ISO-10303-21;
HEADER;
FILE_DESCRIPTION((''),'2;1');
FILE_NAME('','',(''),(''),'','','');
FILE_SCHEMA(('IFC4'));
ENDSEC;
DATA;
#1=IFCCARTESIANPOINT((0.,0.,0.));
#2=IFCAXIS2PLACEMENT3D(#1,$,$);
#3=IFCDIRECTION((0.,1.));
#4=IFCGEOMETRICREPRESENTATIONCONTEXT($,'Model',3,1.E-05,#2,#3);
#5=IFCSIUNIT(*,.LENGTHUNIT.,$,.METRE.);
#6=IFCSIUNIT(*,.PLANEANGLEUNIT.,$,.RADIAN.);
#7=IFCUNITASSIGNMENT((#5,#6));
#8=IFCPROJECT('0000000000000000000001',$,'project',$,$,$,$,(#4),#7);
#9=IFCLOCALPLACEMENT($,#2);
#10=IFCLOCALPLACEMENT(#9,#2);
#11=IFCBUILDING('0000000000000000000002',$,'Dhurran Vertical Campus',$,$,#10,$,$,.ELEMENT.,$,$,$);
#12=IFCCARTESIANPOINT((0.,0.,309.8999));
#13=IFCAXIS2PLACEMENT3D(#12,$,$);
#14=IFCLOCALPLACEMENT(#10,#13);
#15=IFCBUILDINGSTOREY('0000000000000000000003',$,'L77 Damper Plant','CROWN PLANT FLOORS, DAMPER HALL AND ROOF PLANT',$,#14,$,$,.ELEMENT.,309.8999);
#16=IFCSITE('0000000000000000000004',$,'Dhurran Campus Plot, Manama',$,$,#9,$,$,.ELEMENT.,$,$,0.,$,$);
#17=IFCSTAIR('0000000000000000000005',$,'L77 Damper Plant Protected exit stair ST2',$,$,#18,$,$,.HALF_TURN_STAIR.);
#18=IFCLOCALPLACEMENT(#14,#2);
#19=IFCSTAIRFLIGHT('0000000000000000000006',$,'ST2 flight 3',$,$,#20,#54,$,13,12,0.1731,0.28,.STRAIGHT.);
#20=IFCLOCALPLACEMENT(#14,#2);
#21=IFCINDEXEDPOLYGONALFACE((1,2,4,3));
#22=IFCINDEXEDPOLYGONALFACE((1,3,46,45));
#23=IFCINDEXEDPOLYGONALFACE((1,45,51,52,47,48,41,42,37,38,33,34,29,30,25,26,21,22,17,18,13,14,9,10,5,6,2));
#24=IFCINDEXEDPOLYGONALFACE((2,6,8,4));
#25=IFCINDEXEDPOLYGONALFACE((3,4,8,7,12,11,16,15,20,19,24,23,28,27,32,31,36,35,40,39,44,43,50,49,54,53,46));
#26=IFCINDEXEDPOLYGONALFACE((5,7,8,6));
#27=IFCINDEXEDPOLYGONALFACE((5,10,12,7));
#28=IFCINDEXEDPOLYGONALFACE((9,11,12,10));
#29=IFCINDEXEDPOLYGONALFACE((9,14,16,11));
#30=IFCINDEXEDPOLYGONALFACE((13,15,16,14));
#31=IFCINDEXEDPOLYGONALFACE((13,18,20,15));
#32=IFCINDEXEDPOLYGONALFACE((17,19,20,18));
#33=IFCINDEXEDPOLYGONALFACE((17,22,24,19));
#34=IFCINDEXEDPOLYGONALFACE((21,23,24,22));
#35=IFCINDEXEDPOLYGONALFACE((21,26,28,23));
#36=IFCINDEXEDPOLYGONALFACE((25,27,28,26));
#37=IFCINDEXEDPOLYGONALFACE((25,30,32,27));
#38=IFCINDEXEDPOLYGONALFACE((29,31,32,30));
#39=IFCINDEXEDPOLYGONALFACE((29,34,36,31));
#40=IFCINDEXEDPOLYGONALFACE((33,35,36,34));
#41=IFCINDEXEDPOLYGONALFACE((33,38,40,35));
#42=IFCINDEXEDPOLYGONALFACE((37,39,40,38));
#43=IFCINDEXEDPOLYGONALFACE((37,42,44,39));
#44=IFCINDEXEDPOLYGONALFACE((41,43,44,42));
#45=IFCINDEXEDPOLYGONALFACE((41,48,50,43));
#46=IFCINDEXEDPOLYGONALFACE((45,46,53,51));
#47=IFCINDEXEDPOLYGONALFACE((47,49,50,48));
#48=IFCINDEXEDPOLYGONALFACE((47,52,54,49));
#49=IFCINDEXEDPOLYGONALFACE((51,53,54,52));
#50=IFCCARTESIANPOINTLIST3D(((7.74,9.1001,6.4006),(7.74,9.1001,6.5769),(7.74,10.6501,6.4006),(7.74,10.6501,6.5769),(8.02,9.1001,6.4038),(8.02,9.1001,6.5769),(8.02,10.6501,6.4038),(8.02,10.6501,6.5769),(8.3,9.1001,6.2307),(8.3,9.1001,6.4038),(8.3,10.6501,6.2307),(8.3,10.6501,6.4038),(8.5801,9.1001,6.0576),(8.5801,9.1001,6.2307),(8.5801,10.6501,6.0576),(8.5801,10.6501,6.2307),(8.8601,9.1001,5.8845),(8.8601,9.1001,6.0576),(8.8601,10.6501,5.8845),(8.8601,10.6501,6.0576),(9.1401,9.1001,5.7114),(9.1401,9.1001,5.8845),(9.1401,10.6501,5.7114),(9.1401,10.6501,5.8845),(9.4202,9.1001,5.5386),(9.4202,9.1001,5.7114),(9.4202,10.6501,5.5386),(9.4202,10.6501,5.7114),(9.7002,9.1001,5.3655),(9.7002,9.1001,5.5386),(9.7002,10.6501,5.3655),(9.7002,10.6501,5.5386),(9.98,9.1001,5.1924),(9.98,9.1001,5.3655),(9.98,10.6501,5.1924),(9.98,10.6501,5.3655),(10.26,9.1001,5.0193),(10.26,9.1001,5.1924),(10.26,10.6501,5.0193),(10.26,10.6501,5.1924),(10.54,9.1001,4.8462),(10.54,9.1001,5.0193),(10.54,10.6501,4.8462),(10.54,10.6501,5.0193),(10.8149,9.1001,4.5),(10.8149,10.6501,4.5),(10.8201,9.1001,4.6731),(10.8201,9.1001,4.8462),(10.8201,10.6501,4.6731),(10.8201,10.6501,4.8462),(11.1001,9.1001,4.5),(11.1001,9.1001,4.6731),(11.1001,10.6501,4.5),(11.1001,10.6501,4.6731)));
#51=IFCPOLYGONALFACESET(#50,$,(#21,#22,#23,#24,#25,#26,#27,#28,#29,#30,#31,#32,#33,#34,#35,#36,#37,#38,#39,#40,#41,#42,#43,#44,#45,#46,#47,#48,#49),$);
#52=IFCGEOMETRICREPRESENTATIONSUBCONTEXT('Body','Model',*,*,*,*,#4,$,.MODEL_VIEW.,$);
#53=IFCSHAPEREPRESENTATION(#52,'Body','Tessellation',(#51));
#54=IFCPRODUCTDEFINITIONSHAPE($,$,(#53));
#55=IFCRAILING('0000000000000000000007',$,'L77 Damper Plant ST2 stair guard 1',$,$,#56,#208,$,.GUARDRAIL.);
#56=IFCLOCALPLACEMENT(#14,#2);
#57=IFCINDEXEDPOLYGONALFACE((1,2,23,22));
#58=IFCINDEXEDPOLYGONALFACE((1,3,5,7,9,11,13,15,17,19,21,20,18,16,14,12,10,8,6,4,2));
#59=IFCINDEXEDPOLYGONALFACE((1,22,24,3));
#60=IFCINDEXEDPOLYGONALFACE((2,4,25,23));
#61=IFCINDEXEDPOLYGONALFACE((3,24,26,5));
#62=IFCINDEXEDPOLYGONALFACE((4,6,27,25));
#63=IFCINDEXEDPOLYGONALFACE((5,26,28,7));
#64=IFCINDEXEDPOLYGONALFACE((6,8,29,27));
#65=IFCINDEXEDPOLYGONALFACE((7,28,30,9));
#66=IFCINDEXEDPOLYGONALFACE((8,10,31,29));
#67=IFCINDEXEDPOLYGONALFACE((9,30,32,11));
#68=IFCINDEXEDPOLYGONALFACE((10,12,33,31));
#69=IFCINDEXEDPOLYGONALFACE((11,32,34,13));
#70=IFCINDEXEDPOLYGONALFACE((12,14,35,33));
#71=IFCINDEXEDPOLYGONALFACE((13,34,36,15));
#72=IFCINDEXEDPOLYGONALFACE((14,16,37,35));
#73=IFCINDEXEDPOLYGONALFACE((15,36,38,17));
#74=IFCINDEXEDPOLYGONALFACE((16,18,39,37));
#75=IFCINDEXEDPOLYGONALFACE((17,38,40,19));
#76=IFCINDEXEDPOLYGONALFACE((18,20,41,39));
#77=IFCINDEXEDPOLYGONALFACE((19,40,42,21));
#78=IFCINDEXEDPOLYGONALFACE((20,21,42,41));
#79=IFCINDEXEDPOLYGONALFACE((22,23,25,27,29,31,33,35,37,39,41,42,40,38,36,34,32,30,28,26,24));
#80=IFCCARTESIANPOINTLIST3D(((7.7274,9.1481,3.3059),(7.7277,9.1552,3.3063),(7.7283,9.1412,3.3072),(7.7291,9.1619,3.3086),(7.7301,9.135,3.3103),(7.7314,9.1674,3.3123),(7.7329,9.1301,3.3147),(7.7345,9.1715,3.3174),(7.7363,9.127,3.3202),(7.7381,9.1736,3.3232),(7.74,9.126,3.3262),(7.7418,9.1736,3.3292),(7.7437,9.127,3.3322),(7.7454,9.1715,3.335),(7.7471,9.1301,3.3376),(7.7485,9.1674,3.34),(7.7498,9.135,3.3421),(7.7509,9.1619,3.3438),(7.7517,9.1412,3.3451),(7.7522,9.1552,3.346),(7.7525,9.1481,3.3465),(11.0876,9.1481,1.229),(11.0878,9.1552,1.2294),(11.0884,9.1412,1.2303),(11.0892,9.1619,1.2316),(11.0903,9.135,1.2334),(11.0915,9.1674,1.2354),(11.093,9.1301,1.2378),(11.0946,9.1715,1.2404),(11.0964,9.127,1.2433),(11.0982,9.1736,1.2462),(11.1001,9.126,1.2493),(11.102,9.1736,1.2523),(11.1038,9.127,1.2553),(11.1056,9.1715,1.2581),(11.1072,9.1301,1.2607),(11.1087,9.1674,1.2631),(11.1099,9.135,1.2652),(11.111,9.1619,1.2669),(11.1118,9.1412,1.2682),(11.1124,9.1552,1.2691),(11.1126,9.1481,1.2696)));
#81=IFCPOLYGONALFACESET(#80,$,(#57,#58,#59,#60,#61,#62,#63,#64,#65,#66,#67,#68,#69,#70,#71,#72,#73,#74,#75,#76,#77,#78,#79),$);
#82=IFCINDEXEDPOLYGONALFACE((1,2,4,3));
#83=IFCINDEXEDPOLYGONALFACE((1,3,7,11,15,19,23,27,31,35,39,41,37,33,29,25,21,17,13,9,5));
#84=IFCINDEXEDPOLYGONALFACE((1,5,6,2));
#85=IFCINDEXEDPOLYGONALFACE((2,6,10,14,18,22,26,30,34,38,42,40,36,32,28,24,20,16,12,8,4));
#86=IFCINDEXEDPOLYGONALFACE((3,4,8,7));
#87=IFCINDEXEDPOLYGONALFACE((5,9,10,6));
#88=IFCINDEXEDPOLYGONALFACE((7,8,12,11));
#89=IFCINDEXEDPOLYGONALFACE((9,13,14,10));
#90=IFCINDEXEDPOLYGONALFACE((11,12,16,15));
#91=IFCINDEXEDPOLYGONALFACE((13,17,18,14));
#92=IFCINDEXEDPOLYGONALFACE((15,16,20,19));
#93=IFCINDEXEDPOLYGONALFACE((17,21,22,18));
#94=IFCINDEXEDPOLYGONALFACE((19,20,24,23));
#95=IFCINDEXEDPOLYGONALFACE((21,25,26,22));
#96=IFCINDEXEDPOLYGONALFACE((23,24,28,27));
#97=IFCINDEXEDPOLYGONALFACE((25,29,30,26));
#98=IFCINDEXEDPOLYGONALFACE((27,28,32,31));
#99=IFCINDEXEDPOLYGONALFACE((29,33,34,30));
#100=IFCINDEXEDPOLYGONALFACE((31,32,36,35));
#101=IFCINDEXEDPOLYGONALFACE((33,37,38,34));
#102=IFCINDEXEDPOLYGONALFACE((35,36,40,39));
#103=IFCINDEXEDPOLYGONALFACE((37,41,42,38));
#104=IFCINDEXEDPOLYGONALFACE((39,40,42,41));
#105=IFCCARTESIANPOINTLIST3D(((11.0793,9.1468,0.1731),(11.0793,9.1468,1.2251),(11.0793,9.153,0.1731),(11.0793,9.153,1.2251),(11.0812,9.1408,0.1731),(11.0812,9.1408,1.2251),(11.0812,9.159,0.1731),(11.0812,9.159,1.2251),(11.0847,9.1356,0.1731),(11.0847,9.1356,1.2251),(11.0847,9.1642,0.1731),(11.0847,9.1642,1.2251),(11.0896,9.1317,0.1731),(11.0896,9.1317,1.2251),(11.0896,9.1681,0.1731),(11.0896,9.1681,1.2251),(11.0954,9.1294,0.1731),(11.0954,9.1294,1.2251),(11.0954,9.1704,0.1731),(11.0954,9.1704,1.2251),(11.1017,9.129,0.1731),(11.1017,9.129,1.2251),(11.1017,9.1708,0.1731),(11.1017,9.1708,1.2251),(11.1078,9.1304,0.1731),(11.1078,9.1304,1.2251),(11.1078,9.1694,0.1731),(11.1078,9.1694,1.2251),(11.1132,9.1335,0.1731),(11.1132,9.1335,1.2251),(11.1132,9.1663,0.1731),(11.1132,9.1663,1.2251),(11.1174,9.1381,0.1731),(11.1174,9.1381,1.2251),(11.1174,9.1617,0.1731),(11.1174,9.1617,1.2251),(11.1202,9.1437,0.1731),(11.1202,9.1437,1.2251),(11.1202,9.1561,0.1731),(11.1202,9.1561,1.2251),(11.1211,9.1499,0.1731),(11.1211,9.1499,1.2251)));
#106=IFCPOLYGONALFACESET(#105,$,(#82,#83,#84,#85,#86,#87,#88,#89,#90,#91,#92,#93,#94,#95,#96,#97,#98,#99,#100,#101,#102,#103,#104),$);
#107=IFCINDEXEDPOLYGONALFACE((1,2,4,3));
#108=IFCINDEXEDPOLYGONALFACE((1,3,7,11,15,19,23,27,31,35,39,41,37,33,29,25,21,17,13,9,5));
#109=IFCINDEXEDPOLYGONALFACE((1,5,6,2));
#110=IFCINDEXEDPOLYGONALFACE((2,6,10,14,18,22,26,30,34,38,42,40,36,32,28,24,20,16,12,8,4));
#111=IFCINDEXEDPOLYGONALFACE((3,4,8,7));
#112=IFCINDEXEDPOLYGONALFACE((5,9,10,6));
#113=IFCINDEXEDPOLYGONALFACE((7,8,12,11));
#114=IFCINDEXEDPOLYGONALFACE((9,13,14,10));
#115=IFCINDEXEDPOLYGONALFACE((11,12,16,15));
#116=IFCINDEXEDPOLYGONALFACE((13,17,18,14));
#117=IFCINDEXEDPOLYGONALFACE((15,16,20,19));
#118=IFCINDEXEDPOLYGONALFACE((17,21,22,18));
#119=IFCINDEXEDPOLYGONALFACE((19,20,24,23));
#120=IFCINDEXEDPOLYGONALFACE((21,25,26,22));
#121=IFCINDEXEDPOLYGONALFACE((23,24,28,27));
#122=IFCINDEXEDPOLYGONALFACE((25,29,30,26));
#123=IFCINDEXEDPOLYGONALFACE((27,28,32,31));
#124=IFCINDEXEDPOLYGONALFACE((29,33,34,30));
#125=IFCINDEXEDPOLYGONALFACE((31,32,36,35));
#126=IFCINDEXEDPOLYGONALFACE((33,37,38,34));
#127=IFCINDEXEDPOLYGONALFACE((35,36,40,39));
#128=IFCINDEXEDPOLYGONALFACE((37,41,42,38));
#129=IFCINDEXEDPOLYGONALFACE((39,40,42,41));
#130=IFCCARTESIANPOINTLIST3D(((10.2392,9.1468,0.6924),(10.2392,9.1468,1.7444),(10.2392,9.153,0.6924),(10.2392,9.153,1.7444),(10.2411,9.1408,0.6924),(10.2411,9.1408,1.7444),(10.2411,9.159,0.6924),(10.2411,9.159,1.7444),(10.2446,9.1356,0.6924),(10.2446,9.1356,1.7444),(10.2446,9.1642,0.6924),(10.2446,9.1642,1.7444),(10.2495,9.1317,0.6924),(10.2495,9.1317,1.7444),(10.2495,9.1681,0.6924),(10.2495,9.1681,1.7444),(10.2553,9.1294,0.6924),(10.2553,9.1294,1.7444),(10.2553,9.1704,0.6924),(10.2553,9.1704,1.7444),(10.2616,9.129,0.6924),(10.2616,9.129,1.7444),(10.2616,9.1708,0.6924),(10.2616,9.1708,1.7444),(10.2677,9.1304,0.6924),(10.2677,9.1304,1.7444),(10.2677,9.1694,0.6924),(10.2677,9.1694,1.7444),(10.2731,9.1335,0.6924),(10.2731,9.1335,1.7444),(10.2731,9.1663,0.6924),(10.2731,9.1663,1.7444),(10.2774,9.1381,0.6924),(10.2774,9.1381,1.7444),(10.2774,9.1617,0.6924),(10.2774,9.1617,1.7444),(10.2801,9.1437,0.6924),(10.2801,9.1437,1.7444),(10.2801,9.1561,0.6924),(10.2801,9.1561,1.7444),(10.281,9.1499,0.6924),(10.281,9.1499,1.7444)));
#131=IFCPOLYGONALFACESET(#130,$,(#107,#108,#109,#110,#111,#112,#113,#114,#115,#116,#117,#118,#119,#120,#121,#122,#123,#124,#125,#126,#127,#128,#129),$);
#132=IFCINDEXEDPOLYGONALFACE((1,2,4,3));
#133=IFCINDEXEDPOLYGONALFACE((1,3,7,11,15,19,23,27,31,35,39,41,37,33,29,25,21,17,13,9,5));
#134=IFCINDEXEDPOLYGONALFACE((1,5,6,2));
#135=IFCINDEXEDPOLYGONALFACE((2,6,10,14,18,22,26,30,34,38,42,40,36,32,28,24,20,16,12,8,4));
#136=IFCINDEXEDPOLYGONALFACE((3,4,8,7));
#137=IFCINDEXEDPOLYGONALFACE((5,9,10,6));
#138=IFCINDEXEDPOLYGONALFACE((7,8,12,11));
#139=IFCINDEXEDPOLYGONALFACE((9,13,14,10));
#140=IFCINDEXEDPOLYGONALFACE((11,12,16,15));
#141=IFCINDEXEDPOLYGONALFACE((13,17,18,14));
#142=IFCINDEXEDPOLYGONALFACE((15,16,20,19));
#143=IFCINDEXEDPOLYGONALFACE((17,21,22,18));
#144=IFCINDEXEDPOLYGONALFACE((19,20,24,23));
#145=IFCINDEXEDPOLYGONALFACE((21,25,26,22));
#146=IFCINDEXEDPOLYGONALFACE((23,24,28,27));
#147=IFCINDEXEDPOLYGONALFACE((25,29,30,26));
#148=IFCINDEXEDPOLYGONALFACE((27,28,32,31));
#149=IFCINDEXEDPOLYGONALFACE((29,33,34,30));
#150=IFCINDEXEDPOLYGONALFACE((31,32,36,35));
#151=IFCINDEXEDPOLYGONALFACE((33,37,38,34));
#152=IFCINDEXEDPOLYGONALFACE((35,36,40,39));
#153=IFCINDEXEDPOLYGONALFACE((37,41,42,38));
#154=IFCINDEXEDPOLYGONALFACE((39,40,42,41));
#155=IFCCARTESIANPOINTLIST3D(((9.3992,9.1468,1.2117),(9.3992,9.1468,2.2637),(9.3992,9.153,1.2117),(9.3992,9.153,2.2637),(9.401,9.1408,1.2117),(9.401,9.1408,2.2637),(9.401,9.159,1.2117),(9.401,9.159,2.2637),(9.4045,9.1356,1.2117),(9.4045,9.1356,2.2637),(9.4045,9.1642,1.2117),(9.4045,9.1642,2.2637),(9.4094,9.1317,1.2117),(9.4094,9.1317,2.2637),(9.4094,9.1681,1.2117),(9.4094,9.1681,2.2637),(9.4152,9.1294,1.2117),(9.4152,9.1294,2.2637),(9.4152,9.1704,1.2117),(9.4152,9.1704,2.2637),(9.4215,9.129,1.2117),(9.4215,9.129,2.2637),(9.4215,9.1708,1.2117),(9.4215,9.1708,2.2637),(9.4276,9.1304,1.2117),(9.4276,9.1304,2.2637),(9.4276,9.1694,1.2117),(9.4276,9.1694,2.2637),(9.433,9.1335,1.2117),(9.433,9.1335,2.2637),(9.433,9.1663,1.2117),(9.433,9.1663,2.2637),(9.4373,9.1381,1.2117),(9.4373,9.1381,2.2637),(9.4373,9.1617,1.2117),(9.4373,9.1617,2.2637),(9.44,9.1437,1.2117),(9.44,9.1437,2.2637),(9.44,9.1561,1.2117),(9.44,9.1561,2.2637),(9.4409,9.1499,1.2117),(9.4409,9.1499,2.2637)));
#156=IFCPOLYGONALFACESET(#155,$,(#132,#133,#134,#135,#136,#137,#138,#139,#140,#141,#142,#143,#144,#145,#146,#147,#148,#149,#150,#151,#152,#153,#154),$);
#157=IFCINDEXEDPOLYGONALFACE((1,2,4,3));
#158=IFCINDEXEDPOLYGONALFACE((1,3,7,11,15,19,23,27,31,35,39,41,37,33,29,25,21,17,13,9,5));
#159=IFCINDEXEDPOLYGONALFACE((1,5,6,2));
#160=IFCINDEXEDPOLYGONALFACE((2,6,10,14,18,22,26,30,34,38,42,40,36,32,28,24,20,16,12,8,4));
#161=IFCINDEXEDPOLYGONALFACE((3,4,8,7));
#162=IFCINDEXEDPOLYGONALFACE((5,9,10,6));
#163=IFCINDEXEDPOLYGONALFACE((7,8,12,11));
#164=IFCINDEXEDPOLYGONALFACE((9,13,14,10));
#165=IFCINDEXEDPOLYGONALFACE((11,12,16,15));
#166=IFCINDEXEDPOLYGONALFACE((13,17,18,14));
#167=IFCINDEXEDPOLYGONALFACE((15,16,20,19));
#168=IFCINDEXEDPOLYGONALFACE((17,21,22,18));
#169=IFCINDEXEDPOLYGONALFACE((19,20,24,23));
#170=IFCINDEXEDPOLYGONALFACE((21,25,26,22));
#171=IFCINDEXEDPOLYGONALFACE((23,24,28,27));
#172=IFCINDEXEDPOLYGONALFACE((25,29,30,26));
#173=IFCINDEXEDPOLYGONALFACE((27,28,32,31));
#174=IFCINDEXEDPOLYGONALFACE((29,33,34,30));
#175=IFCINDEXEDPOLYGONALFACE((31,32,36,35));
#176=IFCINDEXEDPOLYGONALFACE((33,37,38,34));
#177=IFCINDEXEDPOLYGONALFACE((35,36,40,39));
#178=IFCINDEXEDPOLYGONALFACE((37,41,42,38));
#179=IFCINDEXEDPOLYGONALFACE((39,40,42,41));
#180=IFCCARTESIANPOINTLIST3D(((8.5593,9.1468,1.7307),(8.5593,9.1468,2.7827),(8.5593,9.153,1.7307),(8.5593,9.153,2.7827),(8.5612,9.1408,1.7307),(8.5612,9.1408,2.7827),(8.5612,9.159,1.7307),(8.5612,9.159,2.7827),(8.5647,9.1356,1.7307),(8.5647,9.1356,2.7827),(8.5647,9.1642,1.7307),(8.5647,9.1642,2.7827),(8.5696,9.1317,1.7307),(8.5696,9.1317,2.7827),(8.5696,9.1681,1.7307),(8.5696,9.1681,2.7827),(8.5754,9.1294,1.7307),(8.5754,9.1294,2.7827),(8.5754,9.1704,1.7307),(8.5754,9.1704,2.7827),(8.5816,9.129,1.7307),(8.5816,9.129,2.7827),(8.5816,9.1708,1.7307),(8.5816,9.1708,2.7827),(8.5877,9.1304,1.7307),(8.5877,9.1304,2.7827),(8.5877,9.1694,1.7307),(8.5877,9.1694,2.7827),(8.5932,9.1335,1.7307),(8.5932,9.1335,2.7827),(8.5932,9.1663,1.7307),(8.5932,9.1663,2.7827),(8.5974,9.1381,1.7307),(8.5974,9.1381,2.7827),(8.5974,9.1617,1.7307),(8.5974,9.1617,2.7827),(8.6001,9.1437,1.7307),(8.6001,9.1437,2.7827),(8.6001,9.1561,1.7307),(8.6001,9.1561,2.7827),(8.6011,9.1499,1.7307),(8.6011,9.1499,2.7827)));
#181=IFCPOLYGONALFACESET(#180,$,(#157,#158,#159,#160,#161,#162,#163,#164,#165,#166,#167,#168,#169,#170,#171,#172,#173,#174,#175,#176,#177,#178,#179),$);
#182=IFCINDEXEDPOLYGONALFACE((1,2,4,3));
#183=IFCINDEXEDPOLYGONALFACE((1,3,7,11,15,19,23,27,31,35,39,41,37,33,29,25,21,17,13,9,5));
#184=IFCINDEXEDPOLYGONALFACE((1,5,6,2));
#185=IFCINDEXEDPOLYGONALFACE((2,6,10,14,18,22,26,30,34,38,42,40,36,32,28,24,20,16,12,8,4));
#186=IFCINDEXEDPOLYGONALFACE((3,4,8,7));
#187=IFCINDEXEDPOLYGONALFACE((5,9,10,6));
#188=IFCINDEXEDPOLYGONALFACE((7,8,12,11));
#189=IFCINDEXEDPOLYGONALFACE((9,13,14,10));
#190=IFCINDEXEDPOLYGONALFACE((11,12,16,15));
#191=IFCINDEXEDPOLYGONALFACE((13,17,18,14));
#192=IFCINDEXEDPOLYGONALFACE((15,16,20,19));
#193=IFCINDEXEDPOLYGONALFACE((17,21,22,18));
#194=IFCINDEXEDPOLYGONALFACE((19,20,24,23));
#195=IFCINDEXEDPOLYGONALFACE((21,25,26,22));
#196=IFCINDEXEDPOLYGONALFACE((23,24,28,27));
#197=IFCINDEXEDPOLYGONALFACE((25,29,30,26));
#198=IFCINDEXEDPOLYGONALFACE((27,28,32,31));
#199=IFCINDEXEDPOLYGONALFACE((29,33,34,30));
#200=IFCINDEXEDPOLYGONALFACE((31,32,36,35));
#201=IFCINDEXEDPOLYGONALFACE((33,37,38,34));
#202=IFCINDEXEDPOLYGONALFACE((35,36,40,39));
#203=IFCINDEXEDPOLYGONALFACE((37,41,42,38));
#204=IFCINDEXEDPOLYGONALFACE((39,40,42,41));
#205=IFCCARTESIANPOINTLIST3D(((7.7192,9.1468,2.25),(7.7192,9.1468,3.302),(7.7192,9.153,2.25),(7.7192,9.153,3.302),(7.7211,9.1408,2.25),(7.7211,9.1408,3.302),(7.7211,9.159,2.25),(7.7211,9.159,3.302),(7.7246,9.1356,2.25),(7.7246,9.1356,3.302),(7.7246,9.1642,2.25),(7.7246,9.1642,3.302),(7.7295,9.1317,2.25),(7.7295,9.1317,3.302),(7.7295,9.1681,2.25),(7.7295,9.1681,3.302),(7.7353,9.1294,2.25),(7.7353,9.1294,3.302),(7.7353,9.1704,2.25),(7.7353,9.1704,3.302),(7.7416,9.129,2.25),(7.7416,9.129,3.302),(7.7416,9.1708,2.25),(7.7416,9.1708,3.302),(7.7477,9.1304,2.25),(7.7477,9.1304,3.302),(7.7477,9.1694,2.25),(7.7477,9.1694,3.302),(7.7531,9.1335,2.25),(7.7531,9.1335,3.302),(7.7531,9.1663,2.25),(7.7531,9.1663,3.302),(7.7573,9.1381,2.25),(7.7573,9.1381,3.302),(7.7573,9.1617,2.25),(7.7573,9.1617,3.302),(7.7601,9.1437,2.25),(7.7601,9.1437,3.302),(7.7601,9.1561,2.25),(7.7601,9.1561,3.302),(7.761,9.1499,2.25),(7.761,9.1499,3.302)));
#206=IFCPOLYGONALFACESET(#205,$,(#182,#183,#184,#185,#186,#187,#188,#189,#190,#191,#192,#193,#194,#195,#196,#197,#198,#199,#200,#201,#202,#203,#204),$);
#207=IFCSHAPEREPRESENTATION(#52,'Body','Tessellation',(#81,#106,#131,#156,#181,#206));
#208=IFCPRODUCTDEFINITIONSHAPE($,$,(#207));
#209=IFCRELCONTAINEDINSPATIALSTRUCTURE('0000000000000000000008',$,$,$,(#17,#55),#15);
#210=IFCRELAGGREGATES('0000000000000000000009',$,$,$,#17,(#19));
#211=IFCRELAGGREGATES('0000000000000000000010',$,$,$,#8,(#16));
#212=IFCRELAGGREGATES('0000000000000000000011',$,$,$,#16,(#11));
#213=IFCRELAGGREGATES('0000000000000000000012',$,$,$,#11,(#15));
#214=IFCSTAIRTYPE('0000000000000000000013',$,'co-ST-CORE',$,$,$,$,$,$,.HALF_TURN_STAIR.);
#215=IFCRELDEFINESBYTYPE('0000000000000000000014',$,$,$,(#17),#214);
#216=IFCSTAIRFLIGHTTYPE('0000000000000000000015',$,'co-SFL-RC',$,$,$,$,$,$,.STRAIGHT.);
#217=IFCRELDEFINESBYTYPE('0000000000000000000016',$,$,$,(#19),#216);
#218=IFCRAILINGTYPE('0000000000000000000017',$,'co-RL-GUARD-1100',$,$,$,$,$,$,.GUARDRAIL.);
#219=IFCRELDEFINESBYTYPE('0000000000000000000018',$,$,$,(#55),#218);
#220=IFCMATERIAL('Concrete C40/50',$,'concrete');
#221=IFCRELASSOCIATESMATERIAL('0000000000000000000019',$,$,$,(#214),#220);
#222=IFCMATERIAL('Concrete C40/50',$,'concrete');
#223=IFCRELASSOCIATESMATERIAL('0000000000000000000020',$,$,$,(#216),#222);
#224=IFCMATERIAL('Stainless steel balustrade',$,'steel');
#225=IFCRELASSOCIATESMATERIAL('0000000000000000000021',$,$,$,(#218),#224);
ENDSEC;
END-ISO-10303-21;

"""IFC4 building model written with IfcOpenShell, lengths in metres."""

from ifc_helpers import new_model, si_unit, direction, frame, origin, origin_2d, place, context, subcontext, project, spatial, polyline, circle, outline, extrude, material, type_object, element, aggregate, save


model = new_model("IFC4")

# Units and contexts
model_context = context("Model", 3, precision=1e-05, world=origin(), true_north=direction((0.0, 1.0)))
body_context = subcontext(model_context, "Body", "Model", "MODEL_VIEW")
ifc_project = project(units=[si_unit("LENGTHUNIT", "METRE"), si_unit("PLANEANGLEUNIT", "RADIAN")], contexts=[model_context])

# Site, building, storey
site_placement = place(None, origin())
site = spatial("IfcSite", under=ifc_project, at=site_placement, Name="Dhurran Campus Plot, Manama", CompositionType="ELEMENT", RefElevation=0.0)
building_placement = place(site_placement, origin())
building = spatial("IfcBuilding", under=site, at=building_placement, Name="Dhurran Vertical Campus", CompositionType="ELEMENT")
storey_placement = place(building_placement, frame((0.0, 0.0, 309.8999)))
storey = spatial("IfcBuildingStorey", under=building, at=storey_placement, Name="L77 Damper Plant", Description="CROWN PLANT FLOORS, DAMPER HALL AND ROOF PLANT", CompositionType="ELEMENT", Elevation=309.8999)

# Stair, stair flight
ifc_material_1 = material(Name="Concrete C40/50", Category="concrete")
stair_type = type_object("IfcStairType", Name="co-ST-CORE", PredefinedType="HALF_TURN_STAIR", material=ifc_material_1)
stair_placement = place(storey_placement, origin())
stair = element("IfcStair", 1, at=stair_placement, inside=storey, type_object=stair_type, Name="L77 Damper Plant Protected exit stair ST2", PredefinedType="HALF_TURN_STAIR")
ifc_material_2 = material(Name="Concrete C40/50", Category="concrete")
stair_flight_type = type_object("IfcStairFlightType", Name="co-SFL-RC", PredefinedType="STRAIGHT", material=ifc_material_2)
stair_flight_1_placement = place(storey_placement, frame((11.1001, 9.875, 4.5), z_axis=(0.0, 0.0, 1.0), x_axis=(-1.0, 0.0, 0.0)))
stair_flight_1 = element("IfcStairFlight", 2, at=stair_flight_1_placement, type_object=stair_flight_type, Name="ST2 flight 3", NumberOfRisers=13, NumberOfTreads=12, PredefinedType="STRAIGHT", RiserHeight=0.1731, TreadLength=0.28, context=body_context, shape_type="SweptSolid", body=[
    extrude(outline(polyline([(0.0, 0.0), (0.0, 0.1731), (0.28, 0.1731), (0.28, 0.3462), (0.5601, 0.3462), (0.5601, 0.5193), (0.8401, 0.5193), (0.8401, 0.6924), (1.1201, 0.6924), (1.1201, 0.8655), (1.3999, 0.8655), (1.3999, 1.0386), (1.6799, 1.0386), (1.6799, 1.2114), (1.96, 1.2114), (1.96, 1.3845), (2.24, 1.3845), (2.24, 1.5576), (2.52, 1.5576), (2.52, 1.7307), (2.8, 1.7307), (2.8, 1.9038), (3.0801, 1.9038), (3.0801, 2.0769), (3.3601, 2.0769), (3.3601, 2.25), (3.3601, 1.9006), (0.2852, 0.0), (0.0, 0.0)])), frame((0.0, 0.7749, 0.0), z_axis=(0.0, -1.0, 0.0), x_axis=(1.0, 0.0, 0.0)), (0.0, 0.0, 1.0), 1.55),
])
aggregate(stair, [stair_flight_1])

# Railing
ifc_material_3 = material(Name="Stainless steel balustrade", Category="steel")
railing_type_1 = type_object("IfcRailingType", Name="co-RL-GUARD-1100", PredefinedType="GUARDRAIL", material=ifc_material_3)
for number, where, name in (
    (3, (11.1001, 9.1499, 0.1731), "L77 Damper Plant ST2 stair guard 1"),
):
    element("IfcRailing", number, at=place(storey_placement, frame(where)), inside=storey, type_object=railing_type_1, Name=name, PredefinedType="GUARDRAIL", context=body_context, shape_type="SweptSolid", body=[
        extrude(circle(Radius=0.0239, at=origin_2d()), frame((0.0, 0.0, 1.0762), z_axis=(-0.850623, 0.0, 0.525776), x_axis=(0.0, -1.0, 0.0)), (0.0, 0.0, 1.0), 3.9502),
        extrude(circle(Radius=0.021, at=origin_2d()), origin(), (0.0, 0.0, 1.0), 1.052),
        extrude(circle(Radius=0.021, at=origin_2d()), frame((-0.8401, 0.0, 0.5193)), (0.0, 0.0, 1.0), 1.052),
        extrude(circle(Radius=0.021, at=origin_2d()), frame((-1.6802, 0.0, 1.0386)), (0.0, 0.0, 1.0), 1.052),
        extrude(circle(Radius=0.021, at=origin_2d()), frame((-2.52, 0.0, 1.5576)), (0.0, 0.0, 1.0), 1.052),
        extrude(circle(Radius=0.021, at=origin_2d()), frame((-3.3601, 0.0, 2.0769)), (0.0, 0.0, 1.0), 1.052),
    ])

save(model, "model.ifc")
